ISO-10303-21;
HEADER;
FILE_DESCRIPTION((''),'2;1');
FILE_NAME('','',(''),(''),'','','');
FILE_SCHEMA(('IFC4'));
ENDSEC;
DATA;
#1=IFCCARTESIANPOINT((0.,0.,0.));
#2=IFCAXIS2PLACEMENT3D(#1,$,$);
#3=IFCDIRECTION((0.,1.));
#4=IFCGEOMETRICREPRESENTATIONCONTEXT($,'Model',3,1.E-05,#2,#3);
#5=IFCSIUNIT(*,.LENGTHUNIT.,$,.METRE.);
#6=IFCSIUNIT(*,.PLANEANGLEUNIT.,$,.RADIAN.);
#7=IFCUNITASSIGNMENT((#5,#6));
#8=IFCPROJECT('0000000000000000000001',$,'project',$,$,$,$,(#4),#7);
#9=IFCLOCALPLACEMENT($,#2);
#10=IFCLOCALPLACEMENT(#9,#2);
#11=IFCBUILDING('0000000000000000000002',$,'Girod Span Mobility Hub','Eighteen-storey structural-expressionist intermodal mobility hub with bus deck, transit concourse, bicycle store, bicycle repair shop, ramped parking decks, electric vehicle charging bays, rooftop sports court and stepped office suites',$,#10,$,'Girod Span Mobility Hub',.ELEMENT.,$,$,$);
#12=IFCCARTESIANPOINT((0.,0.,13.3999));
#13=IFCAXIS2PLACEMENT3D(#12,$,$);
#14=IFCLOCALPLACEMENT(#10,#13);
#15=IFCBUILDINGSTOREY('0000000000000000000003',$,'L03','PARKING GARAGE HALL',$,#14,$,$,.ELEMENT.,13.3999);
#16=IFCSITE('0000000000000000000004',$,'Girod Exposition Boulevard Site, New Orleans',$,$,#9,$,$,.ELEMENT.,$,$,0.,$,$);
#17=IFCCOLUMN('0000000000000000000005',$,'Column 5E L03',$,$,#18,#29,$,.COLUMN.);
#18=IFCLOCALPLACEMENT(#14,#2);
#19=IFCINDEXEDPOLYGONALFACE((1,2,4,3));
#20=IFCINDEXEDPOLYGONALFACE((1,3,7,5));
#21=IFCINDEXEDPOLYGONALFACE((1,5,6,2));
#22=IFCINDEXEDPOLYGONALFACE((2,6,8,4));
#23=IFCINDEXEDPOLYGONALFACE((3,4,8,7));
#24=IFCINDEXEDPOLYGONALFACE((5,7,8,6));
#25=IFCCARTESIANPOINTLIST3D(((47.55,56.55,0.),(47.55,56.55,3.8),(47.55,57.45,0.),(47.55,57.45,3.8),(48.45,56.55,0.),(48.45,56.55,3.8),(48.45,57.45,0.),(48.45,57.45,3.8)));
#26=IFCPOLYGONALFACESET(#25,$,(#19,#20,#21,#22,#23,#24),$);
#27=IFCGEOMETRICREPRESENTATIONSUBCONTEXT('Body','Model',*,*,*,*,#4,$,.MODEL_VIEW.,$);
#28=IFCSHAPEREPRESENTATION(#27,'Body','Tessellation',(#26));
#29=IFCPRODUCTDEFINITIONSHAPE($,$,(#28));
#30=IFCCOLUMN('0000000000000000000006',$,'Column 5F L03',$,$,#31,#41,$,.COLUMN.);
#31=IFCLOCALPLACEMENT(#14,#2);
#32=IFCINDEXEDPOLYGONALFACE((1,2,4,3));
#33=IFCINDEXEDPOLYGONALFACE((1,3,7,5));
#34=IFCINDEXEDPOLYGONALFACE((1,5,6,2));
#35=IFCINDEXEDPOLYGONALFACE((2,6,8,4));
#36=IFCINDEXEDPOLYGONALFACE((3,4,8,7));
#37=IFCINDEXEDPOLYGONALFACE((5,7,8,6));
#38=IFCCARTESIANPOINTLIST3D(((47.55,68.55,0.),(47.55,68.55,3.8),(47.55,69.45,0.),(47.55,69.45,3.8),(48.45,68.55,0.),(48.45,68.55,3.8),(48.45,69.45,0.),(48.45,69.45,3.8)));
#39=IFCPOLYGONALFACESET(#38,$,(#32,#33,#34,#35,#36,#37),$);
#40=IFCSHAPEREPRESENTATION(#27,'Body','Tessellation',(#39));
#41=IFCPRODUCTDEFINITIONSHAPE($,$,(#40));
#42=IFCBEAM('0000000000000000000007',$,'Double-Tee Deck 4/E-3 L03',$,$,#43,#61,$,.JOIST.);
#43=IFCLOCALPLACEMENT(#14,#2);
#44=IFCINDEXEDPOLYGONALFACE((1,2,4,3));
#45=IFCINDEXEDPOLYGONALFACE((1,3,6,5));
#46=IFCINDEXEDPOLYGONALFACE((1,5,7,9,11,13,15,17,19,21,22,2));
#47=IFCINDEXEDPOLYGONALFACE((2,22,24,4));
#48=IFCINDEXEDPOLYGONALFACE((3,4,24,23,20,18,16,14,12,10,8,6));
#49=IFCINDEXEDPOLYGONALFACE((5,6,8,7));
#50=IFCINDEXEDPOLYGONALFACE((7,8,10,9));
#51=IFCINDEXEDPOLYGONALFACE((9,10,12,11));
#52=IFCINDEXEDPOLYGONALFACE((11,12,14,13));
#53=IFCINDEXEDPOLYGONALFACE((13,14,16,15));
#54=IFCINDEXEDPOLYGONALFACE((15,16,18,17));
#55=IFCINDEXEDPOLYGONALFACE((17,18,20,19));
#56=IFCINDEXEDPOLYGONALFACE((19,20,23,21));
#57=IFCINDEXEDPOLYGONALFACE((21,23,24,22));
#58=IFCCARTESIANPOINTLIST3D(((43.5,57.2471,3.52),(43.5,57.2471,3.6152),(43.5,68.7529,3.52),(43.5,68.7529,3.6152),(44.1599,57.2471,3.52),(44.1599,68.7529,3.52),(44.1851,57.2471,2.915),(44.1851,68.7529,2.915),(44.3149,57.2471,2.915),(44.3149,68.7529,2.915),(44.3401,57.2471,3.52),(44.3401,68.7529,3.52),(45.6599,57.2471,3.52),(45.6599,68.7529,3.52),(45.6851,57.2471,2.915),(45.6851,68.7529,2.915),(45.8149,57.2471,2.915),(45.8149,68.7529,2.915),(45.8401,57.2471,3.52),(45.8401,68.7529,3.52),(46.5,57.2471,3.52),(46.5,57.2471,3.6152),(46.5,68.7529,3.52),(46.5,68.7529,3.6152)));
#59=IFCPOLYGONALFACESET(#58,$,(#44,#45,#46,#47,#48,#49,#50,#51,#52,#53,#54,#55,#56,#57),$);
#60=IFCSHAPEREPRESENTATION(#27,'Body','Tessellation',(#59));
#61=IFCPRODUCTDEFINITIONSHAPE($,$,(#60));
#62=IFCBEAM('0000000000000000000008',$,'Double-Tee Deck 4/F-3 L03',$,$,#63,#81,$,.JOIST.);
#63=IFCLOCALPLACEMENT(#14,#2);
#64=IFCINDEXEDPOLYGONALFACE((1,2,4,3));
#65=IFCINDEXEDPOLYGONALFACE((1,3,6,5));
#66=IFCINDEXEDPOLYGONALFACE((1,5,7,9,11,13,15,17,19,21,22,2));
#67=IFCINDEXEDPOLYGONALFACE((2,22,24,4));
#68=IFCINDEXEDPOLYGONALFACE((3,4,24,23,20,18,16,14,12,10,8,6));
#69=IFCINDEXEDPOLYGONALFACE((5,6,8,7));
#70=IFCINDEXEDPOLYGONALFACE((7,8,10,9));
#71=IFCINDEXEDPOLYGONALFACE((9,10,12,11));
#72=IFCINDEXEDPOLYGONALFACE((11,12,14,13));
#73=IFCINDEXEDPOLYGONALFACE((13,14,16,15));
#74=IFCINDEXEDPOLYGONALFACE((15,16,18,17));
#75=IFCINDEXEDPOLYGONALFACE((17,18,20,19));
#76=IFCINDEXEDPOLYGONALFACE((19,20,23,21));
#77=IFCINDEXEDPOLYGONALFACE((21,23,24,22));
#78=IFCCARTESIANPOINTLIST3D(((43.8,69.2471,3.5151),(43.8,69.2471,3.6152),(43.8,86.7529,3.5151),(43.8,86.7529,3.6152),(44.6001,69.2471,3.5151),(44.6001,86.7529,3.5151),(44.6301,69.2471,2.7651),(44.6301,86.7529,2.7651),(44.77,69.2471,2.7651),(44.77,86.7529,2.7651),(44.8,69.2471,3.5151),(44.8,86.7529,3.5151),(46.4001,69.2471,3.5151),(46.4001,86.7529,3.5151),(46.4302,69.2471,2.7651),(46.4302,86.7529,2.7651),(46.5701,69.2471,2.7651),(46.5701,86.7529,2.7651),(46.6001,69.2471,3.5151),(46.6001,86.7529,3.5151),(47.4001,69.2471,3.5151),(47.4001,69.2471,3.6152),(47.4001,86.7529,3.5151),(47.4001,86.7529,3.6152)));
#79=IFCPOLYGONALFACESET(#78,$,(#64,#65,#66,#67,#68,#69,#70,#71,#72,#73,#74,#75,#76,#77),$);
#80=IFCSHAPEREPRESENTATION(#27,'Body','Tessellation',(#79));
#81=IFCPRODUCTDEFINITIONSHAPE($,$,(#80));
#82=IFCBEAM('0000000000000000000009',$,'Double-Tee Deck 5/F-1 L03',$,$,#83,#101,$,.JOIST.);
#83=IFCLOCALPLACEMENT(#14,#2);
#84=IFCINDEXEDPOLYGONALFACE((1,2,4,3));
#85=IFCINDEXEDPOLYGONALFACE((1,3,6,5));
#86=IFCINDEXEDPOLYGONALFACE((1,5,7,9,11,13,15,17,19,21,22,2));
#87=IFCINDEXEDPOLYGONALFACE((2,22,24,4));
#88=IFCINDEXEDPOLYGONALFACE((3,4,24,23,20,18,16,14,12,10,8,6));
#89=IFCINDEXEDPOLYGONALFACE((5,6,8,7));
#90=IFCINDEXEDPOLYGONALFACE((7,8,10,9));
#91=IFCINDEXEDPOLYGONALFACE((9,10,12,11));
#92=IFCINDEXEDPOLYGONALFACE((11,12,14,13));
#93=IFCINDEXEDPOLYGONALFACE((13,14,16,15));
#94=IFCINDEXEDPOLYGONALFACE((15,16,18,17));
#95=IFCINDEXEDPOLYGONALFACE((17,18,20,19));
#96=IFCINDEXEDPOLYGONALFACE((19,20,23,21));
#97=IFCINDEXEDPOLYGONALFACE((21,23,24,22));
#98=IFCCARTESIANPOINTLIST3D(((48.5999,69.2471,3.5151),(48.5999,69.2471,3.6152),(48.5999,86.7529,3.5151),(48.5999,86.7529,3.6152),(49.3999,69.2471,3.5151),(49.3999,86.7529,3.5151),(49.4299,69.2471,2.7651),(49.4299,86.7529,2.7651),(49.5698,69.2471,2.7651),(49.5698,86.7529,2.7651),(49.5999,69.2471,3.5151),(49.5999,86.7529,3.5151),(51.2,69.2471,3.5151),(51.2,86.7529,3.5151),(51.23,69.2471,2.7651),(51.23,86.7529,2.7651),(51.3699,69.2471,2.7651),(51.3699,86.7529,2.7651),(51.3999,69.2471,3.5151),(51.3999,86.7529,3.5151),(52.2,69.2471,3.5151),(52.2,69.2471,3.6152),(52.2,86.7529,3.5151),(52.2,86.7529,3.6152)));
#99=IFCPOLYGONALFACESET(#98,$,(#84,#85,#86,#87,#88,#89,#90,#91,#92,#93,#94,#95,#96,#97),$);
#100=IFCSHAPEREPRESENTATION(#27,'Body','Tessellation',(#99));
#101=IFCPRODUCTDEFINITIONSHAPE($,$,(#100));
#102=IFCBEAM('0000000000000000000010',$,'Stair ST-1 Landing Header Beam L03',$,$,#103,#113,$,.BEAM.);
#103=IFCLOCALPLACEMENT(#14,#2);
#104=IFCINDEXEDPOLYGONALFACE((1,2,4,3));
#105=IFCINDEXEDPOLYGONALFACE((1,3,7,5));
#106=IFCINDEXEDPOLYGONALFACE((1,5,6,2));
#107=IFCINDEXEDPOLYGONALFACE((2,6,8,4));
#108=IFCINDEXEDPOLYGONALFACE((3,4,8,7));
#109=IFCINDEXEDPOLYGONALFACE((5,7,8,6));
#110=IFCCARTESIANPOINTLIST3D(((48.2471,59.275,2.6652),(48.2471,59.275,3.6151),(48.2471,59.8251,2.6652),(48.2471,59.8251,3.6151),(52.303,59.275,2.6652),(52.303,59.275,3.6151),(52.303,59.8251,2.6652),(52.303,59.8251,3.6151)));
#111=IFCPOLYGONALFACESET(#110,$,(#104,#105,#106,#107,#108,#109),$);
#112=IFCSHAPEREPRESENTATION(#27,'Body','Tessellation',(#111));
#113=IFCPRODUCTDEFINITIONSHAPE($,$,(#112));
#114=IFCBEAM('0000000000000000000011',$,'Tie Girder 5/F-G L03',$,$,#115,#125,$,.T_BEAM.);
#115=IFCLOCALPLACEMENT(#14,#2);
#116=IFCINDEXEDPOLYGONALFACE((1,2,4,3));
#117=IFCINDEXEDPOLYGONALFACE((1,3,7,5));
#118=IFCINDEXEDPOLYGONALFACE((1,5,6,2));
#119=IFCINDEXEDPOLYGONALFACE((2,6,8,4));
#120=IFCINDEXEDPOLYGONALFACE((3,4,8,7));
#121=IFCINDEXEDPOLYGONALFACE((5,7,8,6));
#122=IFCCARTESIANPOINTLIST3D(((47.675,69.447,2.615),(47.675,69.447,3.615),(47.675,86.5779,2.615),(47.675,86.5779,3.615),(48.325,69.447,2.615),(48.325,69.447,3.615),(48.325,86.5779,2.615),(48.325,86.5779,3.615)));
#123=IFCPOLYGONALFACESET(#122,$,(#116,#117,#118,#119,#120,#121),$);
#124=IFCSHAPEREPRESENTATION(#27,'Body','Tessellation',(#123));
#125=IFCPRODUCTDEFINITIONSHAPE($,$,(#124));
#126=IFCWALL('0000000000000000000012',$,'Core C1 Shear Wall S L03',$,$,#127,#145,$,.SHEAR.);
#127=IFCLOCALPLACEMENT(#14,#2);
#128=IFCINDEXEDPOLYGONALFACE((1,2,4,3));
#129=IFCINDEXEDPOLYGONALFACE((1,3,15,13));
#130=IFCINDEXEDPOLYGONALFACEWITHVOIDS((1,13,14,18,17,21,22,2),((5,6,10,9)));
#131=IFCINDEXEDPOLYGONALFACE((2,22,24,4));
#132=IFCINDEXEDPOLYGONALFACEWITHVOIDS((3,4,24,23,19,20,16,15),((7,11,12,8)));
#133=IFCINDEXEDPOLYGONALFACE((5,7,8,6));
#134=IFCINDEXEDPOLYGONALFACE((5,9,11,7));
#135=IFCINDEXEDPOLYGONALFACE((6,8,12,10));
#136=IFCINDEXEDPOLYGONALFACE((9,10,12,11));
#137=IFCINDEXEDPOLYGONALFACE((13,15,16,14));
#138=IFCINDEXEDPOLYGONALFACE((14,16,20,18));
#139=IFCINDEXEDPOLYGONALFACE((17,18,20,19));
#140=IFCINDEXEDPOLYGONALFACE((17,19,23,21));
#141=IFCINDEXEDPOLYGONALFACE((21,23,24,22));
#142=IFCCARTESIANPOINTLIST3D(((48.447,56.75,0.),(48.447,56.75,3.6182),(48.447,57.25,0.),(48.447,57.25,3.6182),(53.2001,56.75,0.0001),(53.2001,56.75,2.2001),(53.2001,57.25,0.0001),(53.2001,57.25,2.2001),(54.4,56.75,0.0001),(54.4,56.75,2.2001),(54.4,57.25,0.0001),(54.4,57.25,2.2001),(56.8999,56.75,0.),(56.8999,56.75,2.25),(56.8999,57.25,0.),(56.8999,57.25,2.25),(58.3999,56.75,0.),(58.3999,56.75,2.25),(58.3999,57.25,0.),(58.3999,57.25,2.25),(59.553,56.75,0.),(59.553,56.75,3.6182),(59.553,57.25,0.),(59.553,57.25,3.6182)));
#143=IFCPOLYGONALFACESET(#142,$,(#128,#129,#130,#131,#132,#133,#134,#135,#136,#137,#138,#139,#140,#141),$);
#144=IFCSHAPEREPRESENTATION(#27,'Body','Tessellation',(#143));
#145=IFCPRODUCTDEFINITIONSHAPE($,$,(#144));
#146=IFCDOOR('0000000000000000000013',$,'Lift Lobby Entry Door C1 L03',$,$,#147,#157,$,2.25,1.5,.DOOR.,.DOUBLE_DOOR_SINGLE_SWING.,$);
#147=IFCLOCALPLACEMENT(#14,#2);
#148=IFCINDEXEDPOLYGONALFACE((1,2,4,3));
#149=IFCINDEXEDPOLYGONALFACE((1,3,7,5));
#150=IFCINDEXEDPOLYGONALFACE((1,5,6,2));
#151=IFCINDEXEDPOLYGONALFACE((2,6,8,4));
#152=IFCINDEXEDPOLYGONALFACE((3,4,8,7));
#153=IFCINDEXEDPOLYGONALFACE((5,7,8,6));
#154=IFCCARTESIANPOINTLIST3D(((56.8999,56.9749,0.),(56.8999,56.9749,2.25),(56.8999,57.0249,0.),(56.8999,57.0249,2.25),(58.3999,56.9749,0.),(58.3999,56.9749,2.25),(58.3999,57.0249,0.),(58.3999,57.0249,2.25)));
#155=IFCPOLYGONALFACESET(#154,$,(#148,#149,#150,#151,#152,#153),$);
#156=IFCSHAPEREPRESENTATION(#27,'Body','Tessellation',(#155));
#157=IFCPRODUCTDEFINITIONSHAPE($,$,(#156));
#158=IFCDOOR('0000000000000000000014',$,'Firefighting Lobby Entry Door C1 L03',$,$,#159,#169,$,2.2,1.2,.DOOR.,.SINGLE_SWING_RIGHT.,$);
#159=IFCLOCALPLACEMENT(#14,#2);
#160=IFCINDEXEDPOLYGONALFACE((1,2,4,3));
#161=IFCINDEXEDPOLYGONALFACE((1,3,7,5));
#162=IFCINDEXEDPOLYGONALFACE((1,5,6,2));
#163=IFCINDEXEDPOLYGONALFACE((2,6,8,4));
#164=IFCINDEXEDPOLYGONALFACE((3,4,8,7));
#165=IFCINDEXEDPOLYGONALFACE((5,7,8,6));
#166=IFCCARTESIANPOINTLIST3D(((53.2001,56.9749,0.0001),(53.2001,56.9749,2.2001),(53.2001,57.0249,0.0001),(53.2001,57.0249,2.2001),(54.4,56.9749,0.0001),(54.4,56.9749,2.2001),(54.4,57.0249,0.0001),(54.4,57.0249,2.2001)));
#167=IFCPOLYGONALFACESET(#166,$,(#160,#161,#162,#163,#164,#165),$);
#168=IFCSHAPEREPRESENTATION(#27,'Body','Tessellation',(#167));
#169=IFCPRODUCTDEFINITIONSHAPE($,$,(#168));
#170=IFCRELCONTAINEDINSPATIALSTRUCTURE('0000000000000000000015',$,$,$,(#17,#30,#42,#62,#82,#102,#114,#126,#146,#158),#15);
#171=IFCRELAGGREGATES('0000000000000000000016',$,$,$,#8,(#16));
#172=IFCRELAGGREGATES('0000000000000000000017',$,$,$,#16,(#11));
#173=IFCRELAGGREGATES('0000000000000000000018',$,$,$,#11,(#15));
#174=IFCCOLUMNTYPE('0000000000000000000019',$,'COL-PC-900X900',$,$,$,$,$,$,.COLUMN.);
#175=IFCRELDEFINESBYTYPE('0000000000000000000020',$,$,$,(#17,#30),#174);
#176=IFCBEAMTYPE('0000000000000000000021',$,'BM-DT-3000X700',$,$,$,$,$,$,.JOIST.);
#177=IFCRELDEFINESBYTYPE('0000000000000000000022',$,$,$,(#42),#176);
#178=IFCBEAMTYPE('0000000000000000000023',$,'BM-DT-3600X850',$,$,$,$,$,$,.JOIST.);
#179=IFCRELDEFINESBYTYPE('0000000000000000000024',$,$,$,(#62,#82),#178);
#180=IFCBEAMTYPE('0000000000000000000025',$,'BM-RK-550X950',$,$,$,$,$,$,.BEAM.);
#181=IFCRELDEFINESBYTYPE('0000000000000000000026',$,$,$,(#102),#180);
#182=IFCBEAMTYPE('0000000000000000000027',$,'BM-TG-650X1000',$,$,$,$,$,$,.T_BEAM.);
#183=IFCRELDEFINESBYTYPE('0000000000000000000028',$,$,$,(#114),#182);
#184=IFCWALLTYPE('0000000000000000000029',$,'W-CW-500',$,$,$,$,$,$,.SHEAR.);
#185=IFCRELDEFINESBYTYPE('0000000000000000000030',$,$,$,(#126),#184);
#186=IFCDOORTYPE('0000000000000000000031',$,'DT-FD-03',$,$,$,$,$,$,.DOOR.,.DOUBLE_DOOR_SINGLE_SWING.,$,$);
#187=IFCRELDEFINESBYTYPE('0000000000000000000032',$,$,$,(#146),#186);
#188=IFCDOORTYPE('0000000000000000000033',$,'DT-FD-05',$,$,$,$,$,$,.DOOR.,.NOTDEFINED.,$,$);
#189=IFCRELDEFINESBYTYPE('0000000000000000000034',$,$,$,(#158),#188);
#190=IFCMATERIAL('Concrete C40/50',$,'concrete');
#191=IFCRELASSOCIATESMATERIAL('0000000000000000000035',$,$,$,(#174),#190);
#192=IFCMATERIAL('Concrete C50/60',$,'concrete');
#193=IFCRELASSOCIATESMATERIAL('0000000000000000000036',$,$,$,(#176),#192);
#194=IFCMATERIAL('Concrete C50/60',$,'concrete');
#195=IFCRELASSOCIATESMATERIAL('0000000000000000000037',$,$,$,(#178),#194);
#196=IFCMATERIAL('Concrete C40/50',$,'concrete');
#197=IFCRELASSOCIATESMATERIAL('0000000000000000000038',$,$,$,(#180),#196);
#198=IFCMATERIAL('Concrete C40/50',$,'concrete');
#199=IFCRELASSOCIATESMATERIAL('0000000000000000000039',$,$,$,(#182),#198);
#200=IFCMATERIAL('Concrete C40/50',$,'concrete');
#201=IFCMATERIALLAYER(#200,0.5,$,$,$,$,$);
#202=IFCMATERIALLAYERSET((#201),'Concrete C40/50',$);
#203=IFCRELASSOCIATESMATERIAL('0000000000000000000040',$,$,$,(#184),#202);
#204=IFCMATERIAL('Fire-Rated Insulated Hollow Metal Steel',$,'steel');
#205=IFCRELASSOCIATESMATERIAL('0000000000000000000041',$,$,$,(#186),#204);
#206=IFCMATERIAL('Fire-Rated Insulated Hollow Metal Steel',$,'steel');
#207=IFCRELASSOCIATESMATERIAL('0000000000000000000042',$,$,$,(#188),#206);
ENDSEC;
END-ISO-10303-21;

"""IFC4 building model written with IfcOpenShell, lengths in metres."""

from ifc_helpers import new_model, si_unit, direction, frame, frame_2d, origin, origin_2d, place, context, subcontext, project, spatial, polyline, rectangle, outline, extrude, material, layer, layer_set, material_profile, profile_set, type_object, element, fill, save


model = new_model("IFC4")

# Units and contexts
model_context = context("Model", 3, precision=1e-05, world=origin(), true_north=direction((0.0, 1.0)))
body_context = subcontext(model_context, "Body", "Model", "MODEL_VIEW")
ifc_project = project(units=[si_unit("LENGTHUNIT", "METRE"), si_unit("PLANEANGLEUNIT", "RADIAN")], contexts=[model_context])

# Site, building, storey
site_placement = place(None, origin())
site = spatial("IfcSite", under=ifc_project, at=site_placement, Name="Girod Exposition Boulevard Site, New Orleans", CompositionType="ELEMENT", RefElevation=0.0)
building_placement = place(site_placement, origin())
building = spatial("IfcBuilding", under=site, at=building_placement, Name="Girod Span Mobility Hub", Description="Eighteen-storey structural-expressionist intermodal mobility hub with bus deck, transit concourse, bicycle store, bicycle repair shop, ramped parking decks, electric vehicle charging bays, rooftop sports court and stepped office suites", LongName="Girod Span Mobility Hub", CompositionType="ELEMENT")
storey_placement = place(building_placement, frame((0.0, 0.0, 13.3999)))
storey = spatial("IfcBuildingStorey", under=building, at=storey_placement, Name="L03", Description="PARKING GARAGE HALL", CompositionType="ELEMENT", Elevation=13.3999)

# Columns
ifc_material_1 = material(Name="Concrete C40/50", Category="concrete")
ifc_material_profile_1 = material_profile(ifc_material_1, rectangle(XDim=0.8999, YDim=0.8999, at=origin_2d()), Name="PC-COL-900X900")
ifc_profile_set_1 = profile_set([ifc_material_profile_1], Name="Concrete C40/50")
column_type = type_object("IfcColumnType", Name="COL-PC-900X900", PredefinedType="COLUMN", material=ifc_profile_set_1)
for number, where, z_axis, x_axis, name in (
    (1, (48.0, 57.0, 0.0), (0.0, 0.0, 1.0), (1.0, 0.0, 0.0), "Column 5E L03"),
    (2, (48.0, 69.0, 0.0), (0.0, 0.0, 1.0), (1.0, 0.0, 0.0), "Column 5F L03"),
):
    element("IfcColumn", number, at=place(storey_placement, frame(where, z_axis=z_axis, x_axis=x_axis)), inside=storey, type_object=column_type, Name=name, PredefinedType="COLUMN", context=body_context, shape_type="SweptSolid", body=[
        extrude(rectangle(XDim=0.8999, YDim=0.8999, at=origin_2d()), origin(), (0.0, 0.0, 1.0), 3.8),
    ])

# Beams
ifc_material_2 = material(Name="Concrete C50/60", Category="concrete")
ifc_material_profile_2 = material_profile(ifc_material_2, outline(polyline([(-1.5, 0.3501), (-1.5, 0.2549), (-0.8401, 0.2549), (-0.8149, -0.3501), (-0.6851, -0.3501), (-0.6599, 0.2549), (0.6599, 0.2549), (0.6851, -0.3501), (0.8149, -0.3501), (0.8401, 0.2549), (1.5, 0.2549), (1.5, 0.3501), (-1.5, 0.3501)])), Name="DT-3000X700")
ifc_profile_set_2 = profile_set([ifc_material_profile_2], Name="Concrete C50/60")
beam_type_1 = type_object("IfcBeamType", Name="BM-DT-3000X700", PredefinedType="JOIST", material=ifc_profile_set_2)
beam_1_placement = place(storey_placement, frame((45.0, 57.2471, 3.2651), z_axis=(0.0, 1.0, 0.0), x_axis=(-1.0, 0.0, 0.0)))
element("IfcBeam", 3, at=beam_1_placement, inside=storey, type_object=beam_type_1, Name="Double-Tee Deck 4/E-3 L03", PredefinedType="JOIST", context=body_context, shape_type="SweptSolid", body=[
    extrude(outline(polyline([(-1.5, 0.3501), (-1.5, 0.2549), (-0.8401, 0.2549), (-0.8149, -0.3501), (-0.6851, -0.3501), (-0.6599, 0.2549), (0.6599, 0.2549), (0.6851, -0.3501), (0.8149, -0.3501), (0.8401, 0.2549), (1.5, 0.2549), (1.5, 0.3501), (-1.5, 0.3501)])), origin(), (0.0, 0.0, 1.0), 11.5059),
])
ifc_material_3 = material(Name="Concrete C50/60", Category="concrete")
ifc_material_profile_3 = material_profile(ifc_material_3, outline(polyline([(-1.8, 0.425), (-1.8, 0.325), (-1.0, 0.325), (-0.97, -0.425), (-0.8301, -0.425), (-0.8, 0.325), (0.8, 0.325), (0.8301, -0.425), (0.97, -0.425), (1.0, 0.325), (1.8, 0.325), (1.8, 0.425), (-1.8, 0.425)])), Name="DT-3600X850")
ifc_profile_set_3 = profile_set([ifc_material_profile_3], Name="Concrete C50/60")
beam_type_2 = type_object("IfcBeamType", Name="BM-DT-3600X850", PredefinedType="JOIST", material=ifc_profile_set_3)
for number, where, z_axis, x_axis, name in (
    (4, (45.6001, 69.2471, 3.1902), (0.0, 1.0, 0.0), (-1.0, 0.0, 0.0), "Double-Tee Deck 4/F-3 L03"),
    (5, (50.3999, 69.2471, 3.1902), (0.0, 1.0, 0.0), (-1.0, 0.0, 0.0), "Double-Tee Deck 5/F-1 L03"),
):
    element("IfcBeam", number, at=place(storey_placement, frame(where, z_axis=z_axis, x_axis=x_axis)), inside=storey, type_object=beam_type_2, Name=name, PredefinedType="JOIST", context=body_context, shape_type="SweptSolid", body=[
        extrude(outline(polyline([(-1.8, 0.425), (-1.8, 0.325), (-1.0, 0.325), (-0.97, -0.425), (-0.8301, -0.425), (-0.8, 0.325), (0.8, 0.325), (0.8301, -0.425), (0.97, -0.425), (1.0, 0.325), (1.8, 0.325), (1.8, 0.425), (-1.8, 0.425)])), origin(), (0.0, 0.0, 1.0), 17.5059),
    ])
ifc_material_4 = material(Name="Concrete C40/50", Category="concrete")
ifc_material_profile_4 = material_profile(ifc_material_4, rectangle(XDim=0.55, YDim=0.95, at=origin_2d()), Name="RK-550X950")
ifc_profile_set_4 = profile_set([ifc_material_profile_4], Name="Concrete C40/50")
beam_type_3 = type_object("IfcBeamType", Name="BM-RK-550X950", PredefinedType="BEAM", material=ifc_profile_set_4)
beam_2_placement = place(storey_placement, frame((48.2471, 59.55, 3.1401), z_axis=(1.0, 0.0, 0.0), x_axis=(0.0, 1.0, 0.0)))
element("IfcBeam", 6, at=beam_2_placement, inside=storey, type_object=beam_type_3, Name="Stair ST-1 Landing Header Beam L03", PredefinedType="BEAM", context=body_context, shape_type="SweptSolid", body=[
    extrude(rectangle(XDim=0.55, YDim=0.95, at=origin_2d()), origin(), (0.0, 0.0, 1.0), 4.0559),
])
ifc_material_5 = material(Name="Concrete C40/50", Category="concrete")
ifc_material_profile_5 = material_profile(ifc_material_5, rectangle(XDim=0.6499, YDim=1.0, at=origin_2d()), Name="TG-650X1000")
ifc_profile_set_5 = profile_set([ifc_material_profile_5], Name="Concrete C40/50")
beam_type_4 = type_object("IfcBeamType", Name="BM-TG-650X1000", PredefinedType="T_BEAM", material=ifc_profile_set_5)
beam_3_placement = place(storey_placement, frame((48.0, 69.447, 3.115), z_axis=(0.0, 1.0, 0.0), x_axis=(-1.0, 0.0, 0.0)))
element("IfcBeam", 7, at=beam_3_placement, inside=storey, type_object=beam_type_4, Name="Tie Girder 5/F-G L03", PredefinedType="T_BEAM", context=body_context, shape_type="SweptSolid", body=[
    extrude(rectangle(XDim=0.6499, YDim=1.0, at=origin_2d()), origin(), (0.0, 0.0, 1.0), 17.1309),
])

# Wall, openings, doors
ifc_material_6 = material(Name="Concrete C40/50", Category="concrete")
ifc_layer_1 = layer(ifc_material_6, 0.5)
ifc_layer_set_1 = layer_set([ifc_layer_1], Name="Concrete C40/50")
wall_type = type_object("IfcWallType", Name="W-CW-500", PredefinedType="SHEAR", material=ifc_layer_set_1)
wall_placement = place(storey_placement, frame((48.447, 57.0, 0.0), z_axis=(0.0, 0.0, 1.0), x_axis=(1.0, 0.0, 0.0)))
wall = element("IfcWall", 8, at=wall_placement, inside=storey, type_object=wall_type, Name="Core C1 Shear Wall S L03", PredefinedType="SHEAR", context=body_context, shape_type="SweptSolid", body=[
    extrude(rectangle(XDim=11.106, YDim=0.5, at=frame_2d((5.553, 0.0))), origin(), (0.0, 0.0, 1.0), 3.6182),
])
opening_1_placement = place(wall_placement, frame((4.7529, 0.0, 0.0)))
opening_1 = element("IfcOpeningElement", 9, at=opening_1_placement, cuts=wall, PredefinedType="OPENING", context=body_context, shape_type="SweptSolid", body=[
    extrude(rectangle(XDim=1.2, YDim=2.2, at=frame_2d((0.6001, 1.1001))), frame((0.0, 0.2649, 0.0), z_axis=(0.0, -1.0, 0.0), x_axis=(1.0, 0.0, 0.0)), (0.0, 0.0, 1.0), 0.53),
])
opening_2_placement = place(wall_placement, frame((8.4529, 0.0, 0.0)))
opening_2 = element("IfcOpeningElement", 10, at=opening_2_placement, cuts=wall, PredefinedType="OPENING", context=body_context, shape_type="SweptSolid", body=[
    extrude(rectangle(XDim=1.5, YDim=2.25, at=frame_2d((0.75, 1.125))), frame((0.0, 0.2649, 0.0), z_axis=(0.0, -1.0, 0.0), x_axis=(1.0, 0.0, 0.0)), (0.0, 0.0, 1.0), 0.53),
])
ifc_material_7 = material(Name="Fire-Rated Insulated Hollow Metal Steel", Category="steel")
door_type_1 = type_object("IfcDoorType", Name="DT-FD-03", OperationType="DOUBLE_DOOR_SINGLE_SWING", PredefinedType="DOOR", material=ifc_material_7)
door_1_placement = place(opening_2_placement, origin())
door_1 = element("IfcDoor", 11, at=door_1_placement, inside=storey, type_object=door_type_1, Name="Lift Lobby Entry Door C1 L03", OperationType="DOUBLE_DOOR_SINGLE_SWING", OverallHeight=2.25, OverallWidth=1.5, PredefinedType="DOOR", context=body_context, shape_type="SweptSolid", body=[
    extrude(rectangle(XDim=1.5, YDim=2.25, at=frame_2d((0.75, 1.125))), frame((0.0, 0.0249, 0.0), z_axis=(0.0, -1.0, 0.0), x_axis=(1.0, 0.0, 0.0)), (0.0, 0.0, 1.0), 0.05),
])
fill(opening_2, door_1)
ifc_material_8 = material(Name="Fire-Rated Insulated Hollow Metal Steel", Category="steel")
door_type_2 = type_object("IfcDoorType", Name="DT-FD-05", OperationType="NOTDEFINED", PredefinedType="DOOR", material=ifc_material_8)
door_2_placement = place(opening_1_placement, origin())
door_2 = element("IfcDoor", 12, at=door_2_placement, inside=storey, type_object=door_type_2, Name="Firefighting Lobby Entry Door C1 L03", OperationType="SINGLE_SWING_RIGHT", OverallHeight=2.2, OverallWidth=1.2, PredefinedType="DOOR", context=body_context, shape_type="SweptSolid", body=[
    extrude(rectangle(XDim=1.2, YDim=2.2, at=frame_2d((0.6001, 1.1001))), frame((0.0, 0.0249, 0.0), z_axis=(0.0, -1.0, 0.0), x_axis=(1.0, 0.0, 0.0)), (0.0, 0.0, 1.0), 0.05),
])
fill(opening_1, door_2)

save(model, "model.ifc")
